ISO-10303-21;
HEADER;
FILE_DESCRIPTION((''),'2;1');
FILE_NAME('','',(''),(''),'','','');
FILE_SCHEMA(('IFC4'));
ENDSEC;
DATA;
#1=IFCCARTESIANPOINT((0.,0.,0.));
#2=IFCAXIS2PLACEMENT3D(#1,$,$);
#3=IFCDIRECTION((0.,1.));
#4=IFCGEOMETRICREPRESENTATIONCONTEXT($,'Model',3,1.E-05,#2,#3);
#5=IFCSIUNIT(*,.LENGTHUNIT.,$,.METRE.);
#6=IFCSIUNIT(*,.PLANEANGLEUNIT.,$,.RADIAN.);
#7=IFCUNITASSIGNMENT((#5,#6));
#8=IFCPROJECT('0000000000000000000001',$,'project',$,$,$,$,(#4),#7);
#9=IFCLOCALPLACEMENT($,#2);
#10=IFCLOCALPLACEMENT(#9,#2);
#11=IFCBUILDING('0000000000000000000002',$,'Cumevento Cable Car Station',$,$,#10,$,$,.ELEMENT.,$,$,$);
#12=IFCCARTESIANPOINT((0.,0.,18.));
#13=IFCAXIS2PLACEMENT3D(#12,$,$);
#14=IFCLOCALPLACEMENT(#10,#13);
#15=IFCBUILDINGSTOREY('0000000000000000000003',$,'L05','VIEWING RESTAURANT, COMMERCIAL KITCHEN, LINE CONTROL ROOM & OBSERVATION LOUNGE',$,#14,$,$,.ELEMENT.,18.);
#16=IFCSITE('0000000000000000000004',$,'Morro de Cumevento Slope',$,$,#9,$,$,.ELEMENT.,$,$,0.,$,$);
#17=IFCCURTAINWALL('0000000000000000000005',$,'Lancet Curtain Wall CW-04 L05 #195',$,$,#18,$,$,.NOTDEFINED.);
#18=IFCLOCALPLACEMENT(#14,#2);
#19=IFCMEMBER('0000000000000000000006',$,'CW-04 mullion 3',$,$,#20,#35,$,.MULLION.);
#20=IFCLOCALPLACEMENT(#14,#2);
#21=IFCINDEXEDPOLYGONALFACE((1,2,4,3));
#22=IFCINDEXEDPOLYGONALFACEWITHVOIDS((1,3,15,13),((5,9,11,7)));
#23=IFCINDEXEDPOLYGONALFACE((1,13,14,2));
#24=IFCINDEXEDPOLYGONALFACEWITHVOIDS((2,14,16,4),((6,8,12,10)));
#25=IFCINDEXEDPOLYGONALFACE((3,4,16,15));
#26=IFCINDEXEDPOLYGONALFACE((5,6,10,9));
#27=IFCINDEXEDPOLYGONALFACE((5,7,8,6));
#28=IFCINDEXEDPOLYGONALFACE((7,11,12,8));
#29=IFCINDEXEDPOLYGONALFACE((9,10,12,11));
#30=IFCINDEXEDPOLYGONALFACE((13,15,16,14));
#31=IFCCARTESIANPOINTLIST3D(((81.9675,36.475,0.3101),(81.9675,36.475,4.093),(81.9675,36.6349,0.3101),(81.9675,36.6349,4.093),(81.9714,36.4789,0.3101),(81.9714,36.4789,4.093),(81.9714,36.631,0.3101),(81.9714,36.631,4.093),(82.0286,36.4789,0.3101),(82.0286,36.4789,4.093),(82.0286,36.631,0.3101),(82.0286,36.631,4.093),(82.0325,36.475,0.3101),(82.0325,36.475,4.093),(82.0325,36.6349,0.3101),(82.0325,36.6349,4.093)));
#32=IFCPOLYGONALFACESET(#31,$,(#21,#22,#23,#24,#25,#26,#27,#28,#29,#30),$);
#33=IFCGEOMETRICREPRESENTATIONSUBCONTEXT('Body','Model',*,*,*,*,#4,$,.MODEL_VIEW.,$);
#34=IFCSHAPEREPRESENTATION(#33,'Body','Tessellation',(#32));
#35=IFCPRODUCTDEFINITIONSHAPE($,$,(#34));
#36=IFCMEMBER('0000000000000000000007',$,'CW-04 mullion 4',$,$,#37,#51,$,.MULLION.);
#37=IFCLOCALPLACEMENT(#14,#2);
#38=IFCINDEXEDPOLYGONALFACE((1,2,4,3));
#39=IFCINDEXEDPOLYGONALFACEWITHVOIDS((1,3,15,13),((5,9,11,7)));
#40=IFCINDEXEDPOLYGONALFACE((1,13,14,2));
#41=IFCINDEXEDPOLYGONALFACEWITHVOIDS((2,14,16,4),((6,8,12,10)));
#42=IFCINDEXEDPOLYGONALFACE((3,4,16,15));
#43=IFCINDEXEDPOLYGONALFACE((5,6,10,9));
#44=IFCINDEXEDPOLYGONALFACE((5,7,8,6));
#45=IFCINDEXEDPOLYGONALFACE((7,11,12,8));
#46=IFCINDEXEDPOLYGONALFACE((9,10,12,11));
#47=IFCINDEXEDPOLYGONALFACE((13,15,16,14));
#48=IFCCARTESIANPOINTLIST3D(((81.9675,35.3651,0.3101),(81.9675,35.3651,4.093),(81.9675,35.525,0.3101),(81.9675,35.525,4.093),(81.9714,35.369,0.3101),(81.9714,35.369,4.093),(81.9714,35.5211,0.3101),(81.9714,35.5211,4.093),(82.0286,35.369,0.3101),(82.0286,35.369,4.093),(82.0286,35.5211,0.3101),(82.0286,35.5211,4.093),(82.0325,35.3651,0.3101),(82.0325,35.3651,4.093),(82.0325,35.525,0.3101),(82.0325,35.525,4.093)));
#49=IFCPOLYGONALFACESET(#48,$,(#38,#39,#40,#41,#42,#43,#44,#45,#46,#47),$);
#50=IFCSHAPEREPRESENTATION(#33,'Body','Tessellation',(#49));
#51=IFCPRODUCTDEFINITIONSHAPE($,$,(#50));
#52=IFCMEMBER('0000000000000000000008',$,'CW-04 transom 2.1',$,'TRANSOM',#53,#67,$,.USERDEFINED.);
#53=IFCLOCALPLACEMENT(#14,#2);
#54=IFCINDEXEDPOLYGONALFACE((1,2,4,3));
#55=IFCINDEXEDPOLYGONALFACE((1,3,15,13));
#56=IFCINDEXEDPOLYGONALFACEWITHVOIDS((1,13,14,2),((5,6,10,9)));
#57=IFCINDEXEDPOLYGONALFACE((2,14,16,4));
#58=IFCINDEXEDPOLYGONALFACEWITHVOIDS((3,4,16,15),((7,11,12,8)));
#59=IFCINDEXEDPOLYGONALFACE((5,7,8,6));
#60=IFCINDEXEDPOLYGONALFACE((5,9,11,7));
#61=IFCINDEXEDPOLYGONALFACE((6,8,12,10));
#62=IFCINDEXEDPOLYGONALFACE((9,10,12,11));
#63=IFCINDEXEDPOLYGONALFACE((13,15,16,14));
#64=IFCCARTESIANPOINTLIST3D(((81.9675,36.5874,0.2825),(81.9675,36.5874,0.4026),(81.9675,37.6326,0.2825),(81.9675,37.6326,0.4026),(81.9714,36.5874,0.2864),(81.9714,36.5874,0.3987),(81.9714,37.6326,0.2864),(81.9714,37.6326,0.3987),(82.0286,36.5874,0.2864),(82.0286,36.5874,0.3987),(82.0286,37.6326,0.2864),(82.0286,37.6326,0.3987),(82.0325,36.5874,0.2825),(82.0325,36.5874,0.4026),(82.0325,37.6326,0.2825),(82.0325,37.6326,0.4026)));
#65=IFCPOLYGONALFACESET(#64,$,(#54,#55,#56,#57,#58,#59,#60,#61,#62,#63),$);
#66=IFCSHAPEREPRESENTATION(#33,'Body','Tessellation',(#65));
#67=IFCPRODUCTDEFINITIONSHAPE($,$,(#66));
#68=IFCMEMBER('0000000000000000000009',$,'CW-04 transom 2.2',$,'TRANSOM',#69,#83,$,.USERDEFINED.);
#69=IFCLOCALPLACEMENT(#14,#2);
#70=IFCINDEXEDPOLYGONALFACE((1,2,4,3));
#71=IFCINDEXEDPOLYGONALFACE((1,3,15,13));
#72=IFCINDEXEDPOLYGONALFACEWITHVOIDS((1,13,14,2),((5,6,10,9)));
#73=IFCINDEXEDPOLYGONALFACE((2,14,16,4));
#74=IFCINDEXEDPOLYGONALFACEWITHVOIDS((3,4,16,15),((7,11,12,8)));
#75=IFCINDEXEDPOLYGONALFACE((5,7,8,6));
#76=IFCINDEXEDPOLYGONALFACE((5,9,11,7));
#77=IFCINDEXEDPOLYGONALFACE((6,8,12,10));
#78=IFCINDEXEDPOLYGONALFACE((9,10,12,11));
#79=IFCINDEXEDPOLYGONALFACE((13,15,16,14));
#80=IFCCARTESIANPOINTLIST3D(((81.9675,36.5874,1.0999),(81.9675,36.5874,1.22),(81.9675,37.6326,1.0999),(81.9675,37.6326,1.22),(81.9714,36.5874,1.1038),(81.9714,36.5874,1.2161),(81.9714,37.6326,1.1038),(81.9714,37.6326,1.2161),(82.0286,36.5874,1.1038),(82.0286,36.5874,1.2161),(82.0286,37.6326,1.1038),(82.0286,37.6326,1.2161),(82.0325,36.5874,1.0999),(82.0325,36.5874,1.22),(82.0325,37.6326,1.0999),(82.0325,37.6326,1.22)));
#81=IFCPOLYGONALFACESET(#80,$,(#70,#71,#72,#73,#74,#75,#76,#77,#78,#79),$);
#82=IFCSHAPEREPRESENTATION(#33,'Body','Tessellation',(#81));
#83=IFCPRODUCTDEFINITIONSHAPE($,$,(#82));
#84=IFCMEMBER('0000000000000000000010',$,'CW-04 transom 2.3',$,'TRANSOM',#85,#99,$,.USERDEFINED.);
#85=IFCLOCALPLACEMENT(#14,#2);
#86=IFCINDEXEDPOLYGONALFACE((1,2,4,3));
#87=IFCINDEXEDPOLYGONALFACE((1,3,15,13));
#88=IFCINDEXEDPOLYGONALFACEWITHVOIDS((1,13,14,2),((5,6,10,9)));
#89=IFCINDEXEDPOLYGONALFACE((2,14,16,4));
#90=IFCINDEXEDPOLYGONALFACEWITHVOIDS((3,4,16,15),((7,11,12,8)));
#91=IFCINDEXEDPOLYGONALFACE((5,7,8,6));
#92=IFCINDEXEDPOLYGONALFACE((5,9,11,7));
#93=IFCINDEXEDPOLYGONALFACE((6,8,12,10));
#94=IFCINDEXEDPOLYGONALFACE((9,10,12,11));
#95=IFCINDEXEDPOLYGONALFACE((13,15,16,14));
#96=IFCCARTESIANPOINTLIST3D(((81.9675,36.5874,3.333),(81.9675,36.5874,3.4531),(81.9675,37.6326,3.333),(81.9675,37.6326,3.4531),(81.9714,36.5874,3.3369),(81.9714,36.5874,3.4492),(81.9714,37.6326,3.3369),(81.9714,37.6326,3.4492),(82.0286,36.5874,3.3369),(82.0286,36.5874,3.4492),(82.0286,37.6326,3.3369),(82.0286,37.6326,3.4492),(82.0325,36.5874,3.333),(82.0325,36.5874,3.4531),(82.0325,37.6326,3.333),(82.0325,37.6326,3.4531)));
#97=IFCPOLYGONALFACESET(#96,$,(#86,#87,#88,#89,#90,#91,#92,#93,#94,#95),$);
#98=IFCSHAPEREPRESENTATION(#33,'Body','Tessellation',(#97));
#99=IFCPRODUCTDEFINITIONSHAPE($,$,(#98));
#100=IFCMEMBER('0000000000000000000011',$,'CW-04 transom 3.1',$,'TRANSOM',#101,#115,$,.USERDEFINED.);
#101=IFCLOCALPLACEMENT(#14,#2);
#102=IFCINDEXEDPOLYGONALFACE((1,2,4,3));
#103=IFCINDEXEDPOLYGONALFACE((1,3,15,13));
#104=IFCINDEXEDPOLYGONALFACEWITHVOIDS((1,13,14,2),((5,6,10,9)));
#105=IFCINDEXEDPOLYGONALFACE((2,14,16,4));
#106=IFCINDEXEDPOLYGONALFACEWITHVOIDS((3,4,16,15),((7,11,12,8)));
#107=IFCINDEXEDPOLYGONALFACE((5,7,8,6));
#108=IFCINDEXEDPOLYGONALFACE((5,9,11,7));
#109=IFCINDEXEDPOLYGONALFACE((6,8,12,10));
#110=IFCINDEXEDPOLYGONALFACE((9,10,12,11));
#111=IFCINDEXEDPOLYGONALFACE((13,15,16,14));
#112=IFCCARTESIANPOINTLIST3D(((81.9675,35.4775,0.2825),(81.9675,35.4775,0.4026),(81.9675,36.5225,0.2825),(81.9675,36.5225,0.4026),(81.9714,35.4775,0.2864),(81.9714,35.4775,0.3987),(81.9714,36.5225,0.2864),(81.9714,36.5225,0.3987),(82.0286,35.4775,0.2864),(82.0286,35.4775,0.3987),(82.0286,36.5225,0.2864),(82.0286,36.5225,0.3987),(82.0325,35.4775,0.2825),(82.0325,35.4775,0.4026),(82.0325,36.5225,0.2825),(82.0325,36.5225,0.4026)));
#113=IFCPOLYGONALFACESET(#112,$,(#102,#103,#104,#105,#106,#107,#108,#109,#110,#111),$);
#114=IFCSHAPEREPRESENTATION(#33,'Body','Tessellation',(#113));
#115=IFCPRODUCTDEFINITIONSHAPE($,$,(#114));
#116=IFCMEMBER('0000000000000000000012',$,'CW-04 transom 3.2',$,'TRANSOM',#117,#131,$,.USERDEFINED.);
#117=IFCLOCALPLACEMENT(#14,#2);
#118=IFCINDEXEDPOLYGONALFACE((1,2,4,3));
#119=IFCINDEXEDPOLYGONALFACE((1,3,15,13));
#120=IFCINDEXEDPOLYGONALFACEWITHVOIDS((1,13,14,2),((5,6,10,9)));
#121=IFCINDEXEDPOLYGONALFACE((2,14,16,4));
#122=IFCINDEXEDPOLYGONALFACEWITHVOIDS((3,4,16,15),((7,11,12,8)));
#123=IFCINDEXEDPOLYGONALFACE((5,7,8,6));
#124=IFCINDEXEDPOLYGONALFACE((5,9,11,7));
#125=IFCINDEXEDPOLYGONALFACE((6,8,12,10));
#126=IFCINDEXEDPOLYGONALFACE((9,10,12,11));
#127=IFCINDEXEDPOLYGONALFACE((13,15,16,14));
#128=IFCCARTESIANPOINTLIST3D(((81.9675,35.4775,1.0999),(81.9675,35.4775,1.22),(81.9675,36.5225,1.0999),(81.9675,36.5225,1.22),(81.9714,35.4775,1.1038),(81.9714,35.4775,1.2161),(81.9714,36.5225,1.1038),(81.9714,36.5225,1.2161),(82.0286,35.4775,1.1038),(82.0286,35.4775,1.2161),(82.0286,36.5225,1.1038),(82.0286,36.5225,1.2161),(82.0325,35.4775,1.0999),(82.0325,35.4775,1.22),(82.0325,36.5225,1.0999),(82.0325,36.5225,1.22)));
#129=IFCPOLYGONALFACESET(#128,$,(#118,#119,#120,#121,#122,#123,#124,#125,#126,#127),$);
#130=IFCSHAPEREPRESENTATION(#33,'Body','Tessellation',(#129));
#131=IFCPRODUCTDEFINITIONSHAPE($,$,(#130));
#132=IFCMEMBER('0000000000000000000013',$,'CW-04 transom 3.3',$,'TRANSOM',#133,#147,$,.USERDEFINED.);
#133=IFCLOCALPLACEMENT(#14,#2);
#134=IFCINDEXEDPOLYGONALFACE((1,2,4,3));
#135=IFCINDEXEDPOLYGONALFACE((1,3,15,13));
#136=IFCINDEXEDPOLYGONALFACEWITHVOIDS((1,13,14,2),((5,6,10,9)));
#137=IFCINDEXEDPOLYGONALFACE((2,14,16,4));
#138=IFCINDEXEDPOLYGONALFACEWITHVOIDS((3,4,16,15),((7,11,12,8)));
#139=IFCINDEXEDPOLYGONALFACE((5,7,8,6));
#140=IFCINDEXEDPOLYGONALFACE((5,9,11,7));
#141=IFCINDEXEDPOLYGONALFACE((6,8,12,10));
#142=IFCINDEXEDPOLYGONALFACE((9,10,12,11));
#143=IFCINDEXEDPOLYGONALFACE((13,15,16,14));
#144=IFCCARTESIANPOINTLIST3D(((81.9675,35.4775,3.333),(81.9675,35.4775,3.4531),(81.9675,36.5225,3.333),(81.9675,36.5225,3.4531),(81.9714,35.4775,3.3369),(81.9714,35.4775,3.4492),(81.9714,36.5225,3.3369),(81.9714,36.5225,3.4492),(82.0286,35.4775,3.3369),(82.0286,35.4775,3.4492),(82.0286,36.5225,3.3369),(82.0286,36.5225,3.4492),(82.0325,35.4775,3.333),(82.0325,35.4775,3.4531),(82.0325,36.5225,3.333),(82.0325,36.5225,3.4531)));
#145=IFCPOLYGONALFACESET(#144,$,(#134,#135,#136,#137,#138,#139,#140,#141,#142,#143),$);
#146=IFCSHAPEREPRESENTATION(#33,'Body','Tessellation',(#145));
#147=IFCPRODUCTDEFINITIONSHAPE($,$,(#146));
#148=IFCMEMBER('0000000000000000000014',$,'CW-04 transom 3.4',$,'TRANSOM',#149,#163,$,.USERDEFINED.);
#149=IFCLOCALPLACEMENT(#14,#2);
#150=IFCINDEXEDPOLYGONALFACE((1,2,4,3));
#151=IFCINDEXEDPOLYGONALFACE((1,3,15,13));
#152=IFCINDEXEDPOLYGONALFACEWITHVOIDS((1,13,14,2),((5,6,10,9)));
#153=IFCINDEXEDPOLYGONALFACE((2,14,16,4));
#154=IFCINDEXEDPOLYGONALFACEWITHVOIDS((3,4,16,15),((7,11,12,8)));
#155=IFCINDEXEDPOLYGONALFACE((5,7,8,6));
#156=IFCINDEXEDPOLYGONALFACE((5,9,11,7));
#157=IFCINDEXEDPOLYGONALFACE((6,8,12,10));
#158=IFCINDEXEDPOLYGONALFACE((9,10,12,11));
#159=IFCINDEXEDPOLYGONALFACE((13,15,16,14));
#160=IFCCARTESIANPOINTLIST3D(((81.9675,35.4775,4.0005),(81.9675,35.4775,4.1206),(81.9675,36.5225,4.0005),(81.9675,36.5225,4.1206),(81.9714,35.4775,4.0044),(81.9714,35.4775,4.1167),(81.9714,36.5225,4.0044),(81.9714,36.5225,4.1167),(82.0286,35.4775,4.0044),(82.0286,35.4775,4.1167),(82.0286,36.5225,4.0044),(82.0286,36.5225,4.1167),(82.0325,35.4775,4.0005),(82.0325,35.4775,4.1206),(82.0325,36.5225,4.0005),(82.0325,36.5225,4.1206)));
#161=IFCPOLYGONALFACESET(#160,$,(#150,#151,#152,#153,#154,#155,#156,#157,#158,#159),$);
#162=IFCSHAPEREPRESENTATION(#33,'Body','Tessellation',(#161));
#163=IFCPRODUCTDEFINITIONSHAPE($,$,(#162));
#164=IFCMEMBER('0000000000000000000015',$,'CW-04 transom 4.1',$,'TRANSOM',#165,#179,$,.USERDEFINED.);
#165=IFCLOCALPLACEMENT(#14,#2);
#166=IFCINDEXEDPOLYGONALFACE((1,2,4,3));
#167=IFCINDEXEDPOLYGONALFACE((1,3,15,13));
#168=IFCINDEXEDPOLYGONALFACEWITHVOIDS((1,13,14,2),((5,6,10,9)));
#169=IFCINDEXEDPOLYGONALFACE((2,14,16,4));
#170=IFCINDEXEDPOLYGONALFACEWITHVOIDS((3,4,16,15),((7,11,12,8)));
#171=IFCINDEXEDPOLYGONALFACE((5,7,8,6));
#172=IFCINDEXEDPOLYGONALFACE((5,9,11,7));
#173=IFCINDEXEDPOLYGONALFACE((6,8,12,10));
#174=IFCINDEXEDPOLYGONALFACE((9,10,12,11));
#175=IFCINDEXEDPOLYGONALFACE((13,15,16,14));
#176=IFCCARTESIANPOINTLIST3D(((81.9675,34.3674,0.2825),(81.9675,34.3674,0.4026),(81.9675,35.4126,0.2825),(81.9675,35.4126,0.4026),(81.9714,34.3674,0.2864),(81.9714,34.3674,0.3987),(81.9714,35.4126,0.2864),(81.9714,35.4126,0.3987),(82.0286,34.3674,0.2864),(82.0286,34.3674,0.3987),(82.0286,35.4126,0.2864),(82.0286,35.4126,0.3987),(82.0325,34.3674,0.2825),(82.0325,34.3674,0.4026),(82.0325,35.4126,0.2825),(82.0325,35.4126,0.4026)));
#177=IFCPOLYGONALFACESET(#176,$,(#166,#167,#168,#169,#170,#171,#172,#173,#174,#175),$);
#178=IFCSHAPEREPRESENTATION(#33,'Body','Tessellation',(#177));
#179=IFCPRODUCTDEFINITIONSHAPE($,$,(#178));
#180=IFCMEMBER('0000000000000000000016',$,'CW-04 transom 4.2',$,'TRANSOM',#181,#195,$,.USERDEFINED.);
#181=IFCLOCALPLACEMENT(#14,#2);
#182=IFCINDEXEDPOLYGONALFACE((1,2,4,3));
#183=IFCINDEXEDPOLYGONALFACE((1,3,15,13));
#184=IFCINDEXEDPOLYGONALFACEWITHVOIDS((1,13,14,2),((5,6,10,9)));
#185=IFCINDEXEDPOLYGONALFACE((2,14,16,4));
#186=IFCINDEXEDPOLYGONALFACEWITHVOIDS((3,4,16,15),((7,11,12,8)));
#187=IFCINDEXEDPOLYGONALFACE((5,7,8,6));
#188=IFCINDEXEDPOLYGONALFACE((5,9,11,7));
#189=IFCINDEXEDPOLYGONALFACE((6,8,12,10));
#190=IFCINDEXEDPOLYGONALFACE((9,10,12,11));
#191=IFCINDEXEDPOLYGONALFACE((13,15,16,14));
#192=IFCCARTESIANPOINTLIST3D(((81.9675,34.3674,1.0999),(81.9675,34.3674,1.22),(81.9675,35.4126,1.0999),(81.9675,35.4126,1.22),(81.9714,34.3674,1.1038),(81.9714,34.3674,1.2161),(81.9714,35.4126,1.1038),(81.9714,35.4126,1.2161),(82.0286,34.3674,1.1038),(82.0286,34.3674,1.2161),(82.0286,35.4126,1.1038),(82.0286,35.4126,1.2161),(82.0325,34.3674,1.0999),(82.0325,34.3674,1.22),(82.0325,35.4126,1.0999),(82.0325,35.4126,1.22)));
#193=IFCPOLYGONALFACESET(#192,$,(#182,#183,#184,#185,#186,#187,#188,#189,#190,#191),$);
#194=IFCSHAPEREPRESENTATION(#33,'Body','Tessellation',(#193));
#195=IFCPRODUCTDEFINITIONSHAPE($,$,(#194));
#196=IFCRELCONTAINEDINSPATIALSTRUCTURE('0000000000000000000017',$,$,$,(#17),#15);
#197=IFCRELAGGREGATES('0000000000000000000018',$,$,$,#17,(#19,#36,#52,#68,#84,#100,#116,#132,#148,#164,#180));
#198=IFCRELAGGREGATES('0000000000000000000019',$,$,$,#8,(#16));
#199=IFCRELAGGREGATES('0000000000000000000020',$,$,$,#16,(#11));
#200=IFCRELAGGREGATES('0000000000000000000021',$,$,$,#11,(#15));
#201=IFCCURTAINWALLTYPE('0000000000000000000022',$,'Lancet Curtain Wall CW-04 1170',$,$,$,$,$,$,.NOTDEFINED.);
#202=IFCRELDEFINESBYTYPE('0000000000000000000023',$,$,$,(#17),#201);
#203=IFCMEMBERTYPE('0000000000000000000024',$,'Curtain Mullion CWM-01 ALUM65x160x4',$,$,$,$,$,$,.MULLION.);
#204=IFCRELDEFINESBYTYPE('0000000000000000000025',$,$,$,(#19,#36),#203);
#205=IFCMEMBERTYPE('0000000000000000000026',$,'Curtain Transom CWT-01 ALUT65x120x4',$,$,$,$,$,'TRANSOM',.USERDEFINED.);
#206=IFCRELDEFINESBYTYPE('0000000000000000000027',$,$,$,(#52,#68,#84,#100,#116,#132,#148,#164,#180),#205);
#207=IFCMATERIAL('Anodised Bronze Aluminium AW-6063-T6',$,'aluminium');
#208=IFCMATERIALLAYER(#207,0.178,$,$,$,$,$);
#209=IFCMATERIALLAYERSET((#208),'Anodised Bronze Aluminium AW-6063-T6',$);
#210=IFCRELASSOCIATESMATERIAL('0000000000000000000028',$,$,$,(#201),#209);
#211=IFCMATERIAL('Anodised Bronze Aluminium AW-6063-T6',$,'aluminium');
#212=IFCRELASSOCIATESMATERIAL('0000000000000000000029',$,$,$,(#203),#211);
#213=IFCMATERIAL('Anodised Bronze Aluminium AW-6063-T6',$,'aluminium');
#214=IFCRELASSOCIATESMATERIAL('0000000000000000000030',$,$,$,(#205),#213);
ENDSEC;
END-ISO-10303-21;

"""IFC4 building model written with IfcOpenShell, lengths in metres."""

from ifc_helpers import new_model, si_unit, direction, frame, origin, origin_2d, place, context, subcontext, project, spatial, hollow_rectangle, extrude, material, layer, layer_set, material_profile, profile_set, type_object, element, aggregate, save


model = new_model("IFC4")

# Units and contexts
model_context = context("Model", 3, precision=1e-05, world=origin(), true_north=direction((0.0, 1.0)))
body_context = subcontext(model_context, "Body", "Model", "MODEL_VIEW")
ifc_project = project(units=[si_unit("LENGTHUNIT", "METRE"), si_unit("PLANEANGLEUNIT", "RADIAN")], contexts=[model_context])

# Site, building, storey
site_placement = place(None, origin())
site = spatial("IfcSite", under=ifc_project, at=site_placement, Name="Morro de Cumevento Slope", CompositionType="ELEMENT", RefElevation=0.0)
building_placement = place(site_placement, origin())
building = spatial("IfcBuilding", under=site, at=building_placement, Name="Cumevento Cable Car Station", CompositionType="ELEMENT")
storey_placement = place(building_placement, frame((0.0, 0.0, 18.0)))
storey = spatial("IfcBuildingStorey", under=building, at=storey_placement, Name="L05", Description="VIEWING RESTAURANT, COMMERCIAL KITCHEN, LINE CONTROL ROOM & OBSERVATION LOUNGE", CompositionType="ELEMENT", Elevation=18.0)

# Curtain wall, members
ifc_material_1 = material(Name="Anodised Bronze Aluminium AW-6063-T6", Category="aluminium")
ifc_layer_1 = layer(ifc_material_1, 0.178)
ifc_layer_set_1 = layer_set([ifc_layer_1], Name="Anodised Bronze Aluminium AW-6063-T6")
curtain_wall_type = type_object("IfcCurtainWallType", Name="Lancet Curtain Wall CW-04 1170", PredefinedType="NOTDEFINED", material=ifc_layer_set_1)
curtain_wall_placement = place(storey_placement, origin())
curtain_wall = element("IfcCurtainWall", 1, at=curtain_wall_placement, inside=storey, type_object=curtain_wall_type, Name="Lancet Curtain Wall CW-04 L05 #195", PredefinedType="NOTDEFINED")
ifc_material_2 = material(Name="Anodised Bronze Aluminium AW-6063-T6", Category="aluminium")
ifc_material_profile_1 = material_profile(ifc_material_2, hollow_rectangle(XDim=0.0649, YDim=0.1599, WallThickness=0.0039, at=origin_2d()), Name="ALUM65x160x4")
ifc_profile_set_1 = profile_set([ifc_material_profile_1], Name="Anodised Bronze Aluminium AW-6063-T6")
member_type_1 = type_object("IfcMemberType", Name="Curtain Mullion CWM-01 ALUM65x160x4", PredefinedType="MULLION", material=ifc_profile_set_1)
member_1_placement = place(storey_placement, frame((82.0, 36.5549, 0.3101), z_axis=(0.0, 0.0, 1.0), x_axis=(1.0, 0.0, 0.0)))
member_1 = element("IfcMember", 2, at=member_1_placement, type_object=member_type_1, Name="CW-04 mullion 3", PredefinedType="MULLION", context=body_context, shape_type="SweptSolid", body=[
    extrude(hollow_rectangle(XDim=0.0649, YDim=0.1599, WallThickness=0.0039, at=origin_2d()), origin(), (0.0, 0.0, 1.0), 3.783),
])
member_2_placement = place(storey_placement, frame((82.0, 35.4451, 0.3101), z_axis=(0.0, 0.0, 1.0), x_axis=(1.0, 0.0, 0.0)))
member_2 = element("IfcMember", 3, at=member_2_placement, type_object=member_type_1, Name="CW-04 mullion 4", PredefinedType="MULLION", context=body_context, shape_type="SweptSolid", body=[
    extrude(hollow_rectangle(XDim=0.0649, YDim=0.1599, WallThickness=0.0039, at=origin_2d()), origin(), (0.0, 0.0, 1.0), 3.783),
])
ifc_material_3 = material(Name="Anodised Bronze Aluminium AW-6063-T6", Category="aluminium")
ifc_material_profile_2 = material_profile(ifc_material_3, hollow_rectangle(XDim=0.0649, YDim=0.1201, WallThickness=0.0039, at=origin_2d()), Name="ALUT65x120x4")
ifc_profile_set_2 = profile_set([ifc_material_profile_2], Name="Anodised Bronze Aluminium AW-6063-T6")
member_type_2 = type_object("IfcMemberType", Name="Curtain Transom CWT-01 ALUT65x120x4", ElementType="TRANSOM", PredefinedType="USERDEFINED", material=ifc_profile_set_2)
member_3_placement = place(storey_placement, frame((82.0, 37.6326, 0.3425), z_axis=(0.0, -1.0, 0.0), x_axis=(1.0, 0.0, 0.0)))
member_3 = element("IfcMember", 4, at=member_3_placement, type_object=member_type_2, Name="CW-04 transom 2.1", ObjectType="TRANSOM", PredefinedType="USERDEFINED", context=body_context, shape_type="SweptSolid", body=[
    extrude(hollow_rectangle(XDim=0.0649, YDim=0.1201, WallThickness=0.0039, at=origin_2d()), origin(), (0.0, 0.0, 1.0), 1.0452),
])
member_4_placement = place(storey_placement, frame((82.0, 37.6326, 1.1599), z_axis=(0.0, -1.0, 0.0), x_axis=(1.0, 0.0, 0.0)))
member_4 = element("IfcMember", 5, at=member_4_placement, type_object=member_type_2, Name="CW-04 transom 2.2", ObjectType="TRANSOM", PredefinedType="USERDEFINED", context=body_context, shape_type="SweptSolid", body=[
    extrude(hollow_rectangle(XDim=0.0649, YDim=0.1201, WallThickness=0.0039, at=origin_2d()), origin(), (0.0, 0.0, 1.0), 1.0452),
])
member_5_placement = place(storey_placement, frame((82.0, 37.6326, 3.3931), z_axis=(0.0, -1.0, 0.0), x_axis=(1.0, 0.0, 0.0)))
member_5 = element("IfcMember", 6, at=member_5_placement, type_object=member_type_2, Name="CW-04 transom 2.3", ObjectType="TRANSOM", PredefinedType="USERDEFINED", context=body_context, shape_type="SweptSolid", body=[
    extrude(hollow_rectangle(XDim=0.0649, YDim=0.1201, WallThickness=0.0039, at=origin_2d()), origin(), (0.0, 0.0, 1.0), 1.0452),
])
member_6_placement = place(storey_placement, frame((82.0, 36.5225, 0.3425), z_axis=(0.0, -1.0, 0.0), x_axis=(1.0, 0.0, 0.0)))
member_6 = element("IfcMember", 7, at=member_6_placement, type_object=member_type_2, Name="CW-04 transom 3.1", ObjectType="TRANSOM", PredefinedType="USERDEFINED", context=body_context, shape_type="SweptSolid", body=[
    extrude(hollow_rectangle(XDim=0.0649, YDim=0.1201, WallThickness=0.0039, at=origin_2d()), origin(), (0.0, 0.0, 1.0), 1.0449),
])
member_7_placement = place(storey_placement, frame((82.0, 36.5225, 1.1599), z_axis=(0.0, -1.0, 0.0), x_axis=(1.0, 0.0, 0.0)))
member_7 = element("IfcMember", 8, at=member_7_placement, type_object=member_type_2, Name="CW-04 transom 3.2", ObjectType="TRANSOM", PredefinedType="USERDEFINED", context=body_context, shape_type="SweptSolid", body=[
    extrude(hollow_rectangle(XDim=0.0649, YDim=0.1201, WallThickness=0.0039, at=origin_2d()), origin(), (0.0, 0.0, 1.0), 1.0449),
])
member_8_placement = place(storey_placement, frame((82.0, 36.5225, 3.3931), z_axis=(0.0, -1.0, 0.0), x_axis=(1.0, 0.0, 0.0)))
member_8 = element("IfcMember", 9, at=member_8_placement, type_object=member_type_2, Name="CW-04 transom 3.3", ObjectType="TRANSOM", PredefinedType="USERDEFINED", context=body_context, shape_type="SweptSolid", body=[
    extrude(hollow_rectangle(XDim=0.0649, YDim=0.1201, WallThickness=0.0039, at=origin_2d()), origin(), (0.0, 0.0, 1.0), 1.0449),
])
member_9_placement = place(storey_placement, frame((82.0, 36.5225, 4.0605), z_axis=(0.0, -1.0, 0.0), x_axis=(1.0, 0.0, 0.0)))
member_9 = element("IfcMember", 10, at=member_9_placement, type_object=member_type_2, Name="CW-04 transom 3.4", ObjectType="TRANSOM", PredefinedType="USERDEFINED", context=body_context, shape_type="SweptSolid", body=[
    extrude(hollow_rectangle(XDim=0.0649, YDim=0.1201, WallThickness=0.0039, at=origin_2d()), origin(), (0.0, 0.0, 1.0), 1.0449),
])
member_10_placement = place(storey_placement, frame((82.0, 35.4126, 0.3425), z_axis=(0.0, -1.0, 0.0), x_axis=(1.0, 0.0, 0.0)))
member_10 = element("IfcMember", 11, at=member_10_placement, type_object=member_type_2, Name="CW-04 transom 4.1", ObjectType="TRANSOM", PredefinedType="USERDEFINED", context=body_context, shape_type="SweptSolid", body=[
    extrude(hollow_rectangle(XDim=0.0649, YDim=0.1201, WallThickness=0.0039, at=origin_2d()), origin(), (0.0, 0.0, 1.0), 1.0452),
])
member_11_placement = place(storey_placement, frame((82.0, 35.4126, 1.1599), z_axis=(0.0, -1.0, 0.0), x_axis=(1.0, 0.0, 0.0)))
member_11 = element("IfcMember", 12, at=member_11_placement, type_object=member_type_2, Name="CW-04 transom 4.2", ObjectType="TRANSOM", PredefinedType="USERDEFINED", context=body_context, shape_type="SweptSolid", body=[
    extrude(hollow_rectangle(XDim=0.0649, YDim=0.1201, WallThickness=0.0039, at=origin_2d()), origin(), (0.0, 0.0, 1.0), 1.0452),
])
aggregate(curtain_wall, [member_1, member_2, member_3, member_4, member_5, member_6, member_7, member_8, member_9, member_10, member_11])

save(model, "model.ifc")
